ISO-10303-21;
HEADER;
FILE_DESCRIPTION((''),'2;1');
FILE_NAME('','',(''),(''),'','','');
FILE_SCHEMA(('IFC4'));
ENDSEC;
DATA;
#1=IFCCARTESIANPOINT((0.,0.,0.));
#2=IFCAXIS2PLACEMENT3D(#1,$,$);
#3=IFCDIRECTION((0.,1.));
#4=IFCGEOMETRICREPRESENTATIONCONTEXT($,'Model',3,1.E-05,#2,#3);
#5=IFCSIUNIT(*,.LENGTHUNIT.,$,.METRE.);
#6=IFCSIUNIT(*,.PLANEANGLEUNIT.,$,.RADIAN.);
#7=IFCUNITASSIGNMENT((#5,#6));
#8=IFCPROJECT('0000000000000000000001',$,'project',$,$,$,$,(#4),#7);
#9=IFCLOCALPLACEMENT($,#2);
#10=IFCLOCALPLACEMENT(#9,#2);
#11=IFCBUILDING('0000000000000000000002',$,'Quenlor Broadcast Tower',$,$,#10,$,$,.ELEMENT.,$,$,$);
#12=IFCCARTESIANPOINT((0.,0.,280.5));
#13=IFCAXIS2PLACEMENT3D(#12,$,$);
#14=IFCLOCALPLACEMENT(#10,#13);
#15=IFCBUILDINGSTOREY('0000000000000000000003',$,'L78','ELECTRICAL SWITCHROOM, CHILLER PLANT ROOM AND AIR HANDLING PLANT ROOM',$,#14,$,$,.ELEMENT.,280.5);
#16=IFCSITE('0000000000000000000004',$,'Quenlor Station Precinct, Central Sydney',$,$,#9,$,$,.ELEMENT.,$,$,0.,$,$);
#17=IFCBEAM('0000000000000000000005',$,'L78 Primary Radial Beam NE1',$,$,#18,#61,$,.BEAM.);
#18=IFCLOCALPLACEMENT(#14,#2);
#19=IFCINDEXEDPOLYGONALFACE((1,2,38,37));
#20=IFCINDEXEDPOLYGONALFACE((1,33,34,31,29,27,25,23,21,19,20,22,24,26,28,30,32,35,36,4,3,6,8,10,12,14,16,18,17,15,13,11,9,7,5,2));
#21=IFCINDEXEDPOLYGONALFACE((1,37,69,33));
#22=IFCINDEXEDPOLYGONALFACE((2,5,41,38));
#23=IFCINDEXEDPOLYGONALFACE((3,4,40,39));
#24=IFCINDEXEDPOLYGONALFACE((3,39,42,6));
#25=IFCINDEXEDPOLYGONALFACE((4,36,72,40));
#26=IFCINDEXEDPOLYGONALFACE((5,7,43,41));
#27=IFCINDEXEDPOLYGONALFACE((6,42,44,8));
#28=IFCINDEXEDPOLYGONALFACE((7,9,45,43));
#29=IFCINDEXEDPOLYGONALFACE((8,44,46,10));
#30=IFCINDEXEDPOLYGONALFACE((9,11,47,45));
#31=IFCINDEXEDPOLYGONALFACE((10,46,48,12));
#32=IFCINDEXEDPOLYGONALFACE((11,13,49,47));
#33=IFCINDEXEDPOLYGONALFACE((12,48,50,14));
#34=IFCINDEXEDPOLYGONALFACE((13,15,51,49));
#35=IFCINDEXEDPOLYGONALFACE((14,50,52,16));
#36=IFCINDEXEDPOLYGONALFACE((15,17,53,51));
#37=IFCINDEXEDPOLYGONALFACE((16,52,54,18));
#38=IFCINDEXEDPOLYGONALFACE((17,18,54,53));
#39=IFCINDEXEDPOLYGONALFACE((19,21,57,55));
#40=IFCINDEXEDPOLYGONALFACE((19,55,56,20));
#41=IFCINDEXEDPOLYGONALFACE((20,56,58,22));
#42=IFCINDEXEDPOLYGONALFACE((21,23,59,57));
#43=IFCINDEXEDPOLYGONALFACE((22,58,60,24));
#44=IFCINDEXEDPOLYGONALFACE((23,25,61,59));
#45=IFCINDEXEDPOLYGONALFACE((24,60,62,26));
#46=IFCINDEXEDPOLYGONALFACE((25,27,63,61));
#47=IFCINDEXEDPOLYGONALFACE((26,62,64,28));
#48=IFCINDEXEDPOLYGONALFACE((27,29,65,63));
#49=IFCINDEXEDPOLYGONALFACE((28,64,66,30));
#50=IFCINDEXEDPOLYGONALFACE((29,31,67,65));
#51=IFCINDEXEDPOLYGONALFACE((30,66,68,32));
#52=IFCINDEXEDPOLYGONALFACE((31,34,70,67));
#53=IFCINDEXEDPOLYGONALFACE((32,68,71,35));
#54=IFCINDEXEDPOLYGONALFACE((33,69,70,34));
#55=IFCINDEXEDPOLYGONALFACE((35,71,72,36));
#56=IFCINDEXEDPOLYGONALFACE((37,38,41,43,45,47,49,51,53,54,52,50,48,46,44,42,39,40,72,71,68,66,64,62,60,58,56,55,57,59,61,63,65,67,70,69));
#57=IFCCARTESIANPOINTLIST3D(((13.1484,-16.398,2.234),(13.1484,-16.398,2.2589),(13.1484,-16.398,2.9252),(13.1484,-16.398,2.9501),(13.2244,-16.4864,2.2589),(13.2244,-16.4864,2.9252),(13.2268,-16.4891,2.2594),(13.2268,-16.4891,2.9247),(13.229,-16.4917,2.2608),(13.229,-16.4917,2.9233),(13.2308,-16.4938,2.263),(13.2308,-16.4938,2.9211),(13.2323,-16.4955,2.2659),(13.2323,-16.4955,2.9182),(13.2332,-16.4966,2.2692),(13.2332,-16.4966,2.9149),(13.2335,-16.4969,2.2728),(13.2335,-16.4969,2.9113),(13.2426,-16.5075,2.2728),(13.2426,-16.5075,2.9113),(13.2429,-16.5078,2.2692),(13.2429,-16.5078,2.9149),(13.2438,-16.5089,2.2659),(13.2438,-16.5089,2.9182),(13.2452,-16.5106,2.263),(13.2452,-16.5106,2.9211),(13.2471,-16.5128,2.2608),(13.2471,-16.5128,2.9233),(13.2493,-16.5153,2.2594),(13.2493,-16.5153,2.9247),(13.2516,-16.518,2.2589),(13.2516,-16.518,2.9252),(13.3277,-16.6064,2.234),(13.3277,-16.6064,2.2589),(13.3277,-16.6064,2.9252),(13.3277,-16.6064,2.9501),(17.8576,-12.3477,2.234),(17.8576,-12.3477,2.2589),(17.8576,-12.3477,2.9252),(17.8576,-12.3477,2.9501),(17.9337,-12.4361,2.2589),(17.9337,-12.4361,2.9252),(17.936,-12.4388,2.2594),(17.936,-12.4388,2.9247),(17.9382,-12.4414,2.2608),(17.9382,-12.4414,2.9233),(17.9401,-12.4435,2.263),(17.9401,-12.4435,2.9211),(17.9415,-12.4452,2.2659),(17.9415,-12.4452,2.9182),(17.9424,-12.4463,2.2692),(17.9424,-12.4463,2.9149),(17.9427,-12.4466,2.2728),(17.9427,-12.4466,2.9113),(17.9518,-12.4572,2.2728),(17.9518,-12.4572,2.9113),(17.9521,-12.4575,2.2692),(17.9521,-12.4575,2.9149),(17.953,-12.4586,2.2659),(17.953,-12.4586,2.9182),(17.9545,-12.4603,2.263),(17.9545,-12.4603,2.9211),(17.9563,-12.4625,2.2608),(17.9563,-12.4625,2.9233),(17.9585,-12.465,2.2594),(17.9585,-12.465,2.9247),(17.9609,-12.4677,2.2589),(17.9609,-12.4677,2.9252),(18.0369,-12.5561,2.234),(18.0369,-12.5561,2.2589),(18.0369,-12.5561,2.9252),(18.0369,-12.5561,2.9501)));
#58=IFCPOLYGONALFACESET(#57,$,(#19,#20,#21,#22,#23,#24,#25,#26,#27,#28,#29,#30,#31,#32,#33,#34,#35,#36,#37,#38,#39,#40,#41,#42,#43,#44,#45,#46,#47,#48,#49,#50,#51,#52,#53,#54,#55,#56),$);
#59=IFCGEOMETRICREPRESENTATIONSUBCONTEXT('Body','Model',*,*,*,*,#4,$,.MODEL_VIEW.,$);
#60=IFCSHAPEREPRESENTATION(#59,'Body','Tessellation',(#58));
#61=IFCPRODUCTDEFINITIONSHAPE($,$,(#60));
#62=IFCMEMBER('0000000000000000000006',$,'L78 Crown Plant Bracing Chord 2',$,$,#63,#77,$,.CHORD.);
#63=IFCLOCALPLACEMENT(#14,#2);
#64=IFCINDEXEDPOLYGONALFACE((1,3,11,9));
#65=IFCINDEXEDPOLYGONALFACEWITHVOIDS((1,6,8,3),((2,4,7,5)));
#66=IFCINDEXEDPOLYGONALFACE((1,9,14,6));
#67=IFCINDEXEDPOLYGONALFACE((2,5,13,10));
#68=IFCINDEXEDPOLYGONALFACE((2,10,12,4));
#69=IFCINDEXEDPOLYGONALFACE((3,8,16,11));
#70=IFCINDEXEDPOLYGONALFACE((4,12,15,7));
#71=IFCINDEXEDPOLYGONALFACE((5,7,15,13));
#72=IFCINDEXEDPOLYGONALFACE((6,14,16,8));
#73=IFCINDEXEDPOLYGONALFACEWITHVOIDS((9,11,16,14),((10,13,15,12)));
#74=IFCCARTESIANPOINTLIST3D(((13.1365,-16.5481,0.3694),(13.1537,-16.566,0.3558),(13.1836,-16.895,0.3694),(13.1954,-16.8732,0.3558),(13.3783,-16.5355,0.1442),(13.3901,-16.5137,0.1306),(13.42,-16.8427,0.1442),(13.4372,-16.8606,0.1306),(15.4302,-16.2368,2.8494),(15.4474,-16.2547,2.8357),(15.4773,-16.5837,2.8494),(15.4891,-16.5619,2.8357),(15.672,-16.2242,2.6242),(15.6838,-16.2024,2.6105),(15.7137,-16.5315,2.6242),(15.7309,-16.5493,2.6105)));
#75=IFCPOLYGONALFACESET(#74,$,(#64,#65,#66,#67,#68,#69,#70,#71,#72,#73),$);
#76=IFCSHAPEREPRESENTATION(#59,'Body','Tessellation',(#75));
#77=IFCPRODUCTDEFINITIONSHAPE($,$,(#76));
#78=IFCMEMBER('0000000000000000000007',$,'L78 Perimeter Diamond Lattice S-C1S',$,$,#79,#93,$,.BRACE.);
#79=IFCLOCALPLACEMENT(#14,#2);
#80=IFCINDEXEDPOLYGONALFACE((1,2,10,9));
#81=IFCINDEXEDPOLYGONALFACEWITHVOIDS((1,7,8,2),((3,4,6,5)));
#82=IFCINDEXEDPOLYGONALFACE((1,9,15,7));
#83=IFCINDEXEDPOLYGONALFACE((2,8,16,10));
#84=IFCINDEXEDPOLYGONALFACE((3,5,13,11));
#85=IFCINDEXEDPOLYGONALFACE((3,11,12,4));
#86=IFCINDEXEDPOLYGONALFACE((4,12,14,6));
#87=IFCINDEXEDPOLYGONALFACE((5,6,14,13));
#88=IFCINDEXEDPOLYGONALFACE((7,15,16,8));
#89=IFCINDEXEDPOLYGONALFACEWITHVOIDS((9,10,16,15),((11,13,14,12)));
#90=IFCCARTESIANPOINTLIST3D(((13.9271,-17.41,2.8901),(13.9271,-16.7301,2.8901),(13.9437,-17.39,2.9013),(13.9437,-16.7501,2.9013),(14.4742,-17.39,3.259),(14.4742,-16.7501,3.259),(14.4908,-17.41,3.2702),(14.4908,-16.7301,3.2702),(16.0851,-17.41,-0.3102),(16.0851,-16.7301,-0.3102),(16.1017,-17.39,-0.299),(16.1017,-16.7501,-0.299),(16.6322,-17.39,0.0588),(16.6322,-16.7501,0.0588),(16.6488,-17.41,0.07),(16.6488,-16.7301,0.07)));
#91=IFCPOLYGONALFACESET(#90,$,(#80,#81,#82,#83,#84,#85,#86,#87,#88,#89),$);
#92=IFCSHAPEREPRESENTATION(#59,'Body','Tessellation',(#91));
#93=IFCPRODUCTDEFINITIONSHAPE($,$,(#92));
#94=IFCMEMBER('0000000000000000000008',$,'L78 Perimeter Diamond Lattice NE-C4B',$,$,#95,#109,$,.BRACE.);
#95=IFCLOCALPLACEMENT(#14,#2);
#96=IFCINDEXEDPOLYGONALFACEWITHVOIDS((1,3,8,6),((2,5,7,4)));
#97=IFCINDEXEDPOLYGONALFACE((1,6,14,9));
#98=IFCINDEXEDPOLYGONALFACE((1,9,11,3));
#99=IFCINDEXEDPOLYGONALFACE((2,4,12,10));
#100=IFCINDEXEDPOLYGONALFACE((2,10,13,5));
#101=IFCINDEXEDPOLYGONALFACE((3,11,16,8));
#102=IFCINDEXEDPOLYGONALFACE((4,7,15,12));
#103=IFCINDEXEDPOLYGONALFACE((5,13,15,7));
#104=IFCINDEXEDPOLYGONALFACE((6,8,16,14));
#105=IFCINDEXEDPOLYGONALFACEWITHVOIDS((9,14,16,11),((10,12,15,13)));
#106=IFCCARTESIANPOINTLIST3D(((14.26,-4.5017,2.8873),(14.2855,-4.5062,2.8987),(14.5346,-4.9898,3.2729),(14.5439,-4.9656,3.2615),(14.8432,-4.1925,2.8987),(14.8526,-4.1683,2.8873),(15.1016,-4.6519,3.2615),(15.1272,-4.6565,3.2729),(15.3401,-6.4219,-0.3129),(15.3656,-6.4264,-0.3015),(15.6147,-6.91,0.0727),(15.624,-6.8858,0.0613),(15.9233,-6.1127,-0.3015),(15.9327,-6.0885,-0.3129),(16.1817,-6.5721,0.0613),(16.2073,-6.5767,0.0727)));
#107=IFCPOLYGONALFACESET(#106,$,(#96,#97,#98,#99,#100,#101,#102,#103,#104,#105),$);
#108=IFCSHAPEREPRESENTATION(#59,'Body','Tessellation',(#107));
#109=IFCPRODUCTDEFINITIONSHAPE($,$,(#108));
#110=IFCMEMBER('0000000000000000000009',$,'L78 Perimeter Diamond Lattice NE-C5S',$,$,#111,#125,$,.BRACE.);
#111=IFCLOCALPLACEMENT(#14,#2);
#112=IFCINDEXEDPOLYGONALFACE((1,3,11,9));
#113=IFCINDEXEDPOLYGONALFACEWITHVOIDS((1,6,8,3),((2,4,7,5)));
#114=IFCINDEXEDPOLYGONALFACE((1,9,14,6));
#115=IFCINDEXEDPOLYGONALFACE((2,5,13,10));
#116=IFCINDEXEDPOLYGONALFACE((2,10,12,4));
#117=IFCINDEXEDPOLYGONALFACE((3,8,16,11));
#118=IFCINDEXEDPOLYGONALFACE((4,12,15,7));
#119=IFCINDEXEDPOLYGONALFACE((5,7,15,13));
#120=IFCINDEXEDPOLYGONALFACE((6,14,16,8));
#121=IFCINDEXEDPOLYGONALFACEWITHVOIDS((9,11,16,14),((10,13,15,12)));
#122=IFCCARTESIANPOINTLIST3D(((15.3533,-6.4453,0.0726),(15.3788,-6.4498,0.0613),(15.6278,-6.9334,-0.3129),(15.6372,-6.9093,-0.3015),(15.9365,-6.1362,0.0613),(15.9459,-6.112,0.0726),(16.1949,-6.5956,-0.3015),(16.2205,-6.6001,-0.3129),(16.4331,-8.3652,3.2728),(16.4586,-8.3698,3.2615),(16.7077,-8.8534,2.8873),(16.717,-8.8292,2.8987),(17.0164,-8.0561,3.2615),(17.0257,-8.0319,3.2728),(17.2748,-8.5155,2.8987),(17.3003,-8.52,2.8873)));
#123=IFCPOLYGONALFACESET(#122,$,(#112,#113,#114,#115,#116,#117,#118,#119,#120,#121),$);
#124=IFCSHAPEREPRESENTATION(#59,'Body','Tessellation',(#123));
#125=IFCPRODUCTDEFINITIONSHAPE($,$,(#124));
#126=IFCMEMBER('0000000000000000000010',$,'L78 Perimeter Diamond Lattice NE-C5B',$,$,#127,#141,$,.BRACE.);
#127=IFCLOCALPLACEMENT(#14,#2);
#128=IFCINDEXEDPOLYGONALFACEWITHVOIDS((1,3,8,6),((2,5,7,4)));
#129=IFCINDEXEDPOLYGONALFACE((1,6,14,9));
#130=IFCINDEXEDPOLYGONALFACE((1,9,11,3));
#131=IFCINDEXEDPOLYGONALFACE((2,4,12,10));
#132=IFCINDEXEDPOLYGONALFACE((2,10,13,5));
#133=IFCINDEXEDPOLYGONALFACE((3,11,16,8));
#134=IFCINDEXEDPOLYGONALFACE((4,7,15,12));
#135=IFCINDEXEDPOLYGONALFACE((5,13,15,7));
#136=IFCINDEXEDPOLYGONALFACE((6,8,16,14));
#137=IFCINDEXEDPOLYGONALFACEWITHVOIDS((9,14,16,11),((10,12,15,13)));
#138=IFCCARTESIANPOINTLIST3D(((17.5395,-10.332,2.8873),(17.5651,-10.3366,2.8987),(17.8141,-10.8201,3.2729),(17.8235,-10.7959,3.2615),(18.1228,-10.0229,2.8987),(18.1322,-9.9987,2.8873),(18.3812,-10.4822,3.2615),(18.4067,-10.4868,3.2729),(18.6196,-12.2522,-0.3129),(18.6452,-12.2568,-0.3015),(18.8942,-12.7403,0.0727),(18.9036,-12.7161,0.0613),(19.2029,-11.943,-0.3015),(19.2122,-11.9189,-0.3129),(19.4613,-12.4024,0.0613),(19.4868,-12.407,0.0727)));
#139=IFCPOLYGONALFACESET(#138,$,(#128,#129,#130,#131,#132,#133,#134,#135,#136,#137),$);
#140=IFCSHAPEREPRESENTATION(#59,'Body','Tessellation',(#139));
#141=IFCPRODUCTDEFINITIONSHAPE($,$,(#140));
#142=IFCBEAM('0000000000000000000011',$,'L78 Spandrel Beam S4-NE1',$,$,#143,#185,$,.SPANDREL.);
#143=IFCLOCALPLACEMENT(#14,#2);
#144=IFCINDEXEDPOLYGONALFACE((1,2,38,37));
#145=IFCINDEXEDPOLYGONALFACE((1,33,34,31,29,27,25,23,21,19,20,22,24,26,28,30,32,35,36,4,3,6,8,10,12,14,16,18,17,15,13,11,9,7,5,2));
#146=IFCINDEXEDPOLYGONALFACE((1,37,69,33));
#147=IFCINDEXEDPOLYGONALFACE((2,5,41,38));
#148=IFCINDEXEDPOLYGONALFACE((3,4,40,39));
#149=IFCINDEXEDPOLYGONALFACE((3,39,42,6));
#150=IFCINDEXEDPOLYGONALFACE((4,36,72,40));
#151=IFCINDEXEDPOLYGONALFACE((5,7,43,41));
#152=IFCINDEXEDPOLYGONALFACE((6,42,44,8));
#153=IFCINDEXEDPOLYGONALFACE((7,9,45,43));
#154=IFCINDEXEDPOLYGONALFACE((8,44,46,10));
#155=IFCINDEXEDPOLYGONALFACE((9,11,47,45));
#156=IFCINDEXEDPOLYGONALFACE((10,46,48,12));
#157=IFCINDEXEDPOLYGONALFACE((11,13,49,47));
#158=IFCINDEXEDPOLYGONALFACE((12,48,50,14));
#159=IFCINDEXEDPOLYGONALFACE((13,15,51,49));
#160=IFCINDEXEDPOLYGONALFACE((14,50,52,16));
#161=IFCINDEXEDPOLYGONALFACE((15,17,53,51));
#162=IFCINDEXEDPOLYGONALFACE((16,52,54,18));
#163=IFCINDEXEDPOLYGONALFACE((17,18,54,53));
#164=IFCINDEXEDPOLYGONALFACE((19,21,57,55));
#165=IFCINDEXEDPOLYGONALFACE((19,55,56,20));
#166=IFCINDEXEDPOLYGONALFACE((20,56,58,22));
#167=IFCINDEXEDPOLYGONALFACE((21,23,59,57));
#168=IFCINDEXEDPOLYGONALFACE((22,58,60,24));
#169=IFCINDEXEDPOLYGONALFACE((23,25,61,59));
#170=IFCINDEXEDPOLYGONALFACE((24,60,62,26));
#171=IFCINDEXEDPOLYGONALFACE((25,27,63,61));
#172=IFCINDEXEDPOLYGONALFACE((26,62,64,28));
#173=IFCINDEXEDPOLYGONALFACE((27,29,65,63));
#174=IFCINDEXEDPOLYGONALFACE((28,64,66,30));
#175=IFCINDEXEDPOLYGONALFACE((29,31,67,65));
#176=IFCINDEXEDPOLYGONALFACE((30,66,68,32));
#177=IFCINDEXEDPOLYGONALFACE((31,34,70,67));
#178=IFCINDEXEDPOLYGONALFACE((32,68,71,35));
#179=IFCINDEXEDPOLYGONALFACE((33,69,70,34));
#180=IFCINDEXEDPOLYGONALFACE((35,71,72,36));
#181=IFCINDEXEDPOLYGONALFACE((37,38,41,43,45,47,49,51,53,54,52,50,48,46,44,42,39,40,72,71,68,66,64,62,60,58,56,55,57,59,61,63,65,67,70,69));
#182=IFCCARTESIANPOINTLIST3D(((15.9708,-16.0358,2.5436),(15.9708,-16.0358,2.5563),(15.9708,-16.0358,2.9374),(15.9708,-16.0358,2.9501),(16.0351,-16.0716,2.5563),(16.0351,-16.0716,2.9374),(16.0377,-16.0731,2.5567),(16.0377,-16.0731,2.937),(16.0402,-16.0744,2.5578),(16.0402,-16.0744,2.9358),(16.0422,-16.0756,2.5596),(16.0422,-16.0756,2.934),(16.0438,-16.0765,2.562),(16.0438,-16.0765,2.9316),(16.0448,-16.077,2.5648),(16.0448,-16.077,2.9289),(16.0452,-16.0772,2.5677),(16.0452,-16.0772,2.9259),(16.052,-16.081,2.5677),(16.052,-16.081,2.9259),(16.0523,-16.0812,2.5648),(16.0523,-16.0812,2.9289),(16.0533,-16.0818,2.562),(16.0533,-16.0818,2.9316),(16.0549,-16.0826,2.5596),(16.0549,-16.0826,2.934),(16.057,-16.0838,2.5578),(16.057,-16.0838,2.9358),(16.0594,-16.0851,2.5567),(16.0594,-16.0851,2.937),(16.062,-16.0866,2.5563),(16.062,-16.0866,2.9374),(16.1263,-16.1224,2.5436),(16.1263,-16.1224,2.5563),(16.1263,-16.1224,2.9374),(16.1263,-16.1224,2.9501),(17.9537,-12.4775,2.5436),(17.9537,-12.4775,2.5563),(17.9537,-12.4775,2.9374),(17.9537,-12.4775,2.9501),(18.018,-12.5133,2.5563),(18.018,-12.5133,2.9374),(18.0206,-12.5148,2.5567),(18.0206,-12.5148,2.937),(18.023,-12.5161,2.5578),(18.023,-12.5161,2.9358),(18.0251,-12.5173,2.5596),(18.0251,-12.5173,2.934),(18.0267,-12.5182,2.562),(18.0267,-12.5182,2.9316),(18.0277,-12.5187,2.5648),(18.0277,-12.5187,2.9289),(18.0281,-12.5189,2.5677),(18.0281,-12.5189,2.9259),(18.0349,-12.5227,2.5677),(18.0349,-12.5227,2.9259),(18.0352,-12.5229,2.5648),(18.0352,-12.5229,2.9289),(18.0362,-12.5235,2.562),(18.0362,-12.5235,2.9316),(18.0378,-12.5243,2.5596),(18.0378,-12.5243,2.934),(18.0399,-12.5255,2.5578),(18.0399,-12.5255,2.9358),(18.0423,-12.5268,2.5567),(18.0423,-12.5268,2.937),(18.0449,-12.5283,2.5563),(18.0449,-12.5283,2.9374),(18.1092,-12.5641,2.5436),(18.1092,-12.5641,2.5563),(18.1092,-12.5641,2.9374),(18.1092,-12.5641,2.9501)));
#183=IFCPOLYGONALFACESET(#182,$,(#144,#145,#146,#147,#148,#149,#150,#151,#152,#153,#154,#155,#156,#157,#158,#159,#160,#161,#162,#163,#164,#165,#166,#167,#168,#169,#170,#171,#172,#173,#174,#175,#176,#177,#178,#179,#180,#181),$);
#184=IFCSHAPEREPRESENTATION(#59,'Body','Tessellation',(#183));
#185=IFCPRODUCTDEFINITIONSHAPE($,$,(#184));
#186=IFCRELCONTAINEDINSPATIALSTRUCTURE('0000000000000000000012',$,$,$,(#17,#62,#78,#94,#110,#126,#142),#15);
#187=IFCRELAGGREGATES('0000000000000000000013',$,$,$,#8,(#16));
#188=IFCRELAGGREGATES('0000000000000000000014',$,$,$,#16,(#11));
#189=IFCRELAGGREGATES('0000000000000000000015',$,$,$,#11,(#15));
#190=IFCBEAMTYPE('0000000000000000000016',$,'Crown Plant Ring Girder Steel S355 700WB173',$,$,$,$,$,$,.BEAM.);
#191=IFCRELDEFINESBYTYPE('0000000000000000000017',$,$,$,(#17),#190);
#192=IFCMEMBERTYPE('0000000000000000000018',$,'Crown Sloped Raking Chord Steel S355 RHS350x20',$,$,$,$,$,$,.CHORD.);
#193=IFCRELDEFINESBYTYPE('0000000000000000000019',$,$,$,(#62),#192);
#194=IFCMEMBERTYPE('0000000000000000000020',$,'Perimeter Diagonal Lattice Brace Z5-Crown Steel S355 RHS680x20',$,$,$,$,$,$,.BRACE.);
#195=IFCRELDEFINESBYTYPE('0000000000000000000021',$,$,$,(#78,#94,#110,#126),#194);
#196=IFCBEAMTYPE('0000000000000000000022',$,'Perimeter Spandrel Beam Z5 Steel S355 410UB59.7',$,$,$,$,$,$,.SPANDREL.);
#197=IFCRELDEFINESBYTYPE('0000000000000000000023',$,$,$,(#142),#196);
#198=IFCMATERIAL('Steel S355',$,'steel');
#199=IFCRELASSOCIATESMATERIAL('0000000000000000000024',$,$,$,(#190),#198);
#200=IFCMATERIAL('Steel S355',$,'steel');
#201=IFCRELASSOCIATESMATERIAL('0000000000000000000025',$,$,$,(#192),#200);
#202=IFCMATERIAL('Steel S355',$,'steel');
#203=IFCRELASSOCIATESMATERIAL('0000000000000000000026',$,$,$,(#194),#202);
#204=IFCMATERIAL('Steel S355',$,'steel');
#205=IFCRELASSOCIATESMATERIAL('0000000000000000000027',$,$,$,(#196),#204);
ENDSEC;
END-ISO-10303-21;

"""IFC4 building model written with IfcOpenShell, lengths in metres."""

from ifc_helpers import new_model, si_unit, direction, frame, origin, origin_2d, place, context, subcontext, project, spatial, hollow_rectangle, i_section, extrude, material, material_profile, profile_set, type_object, element, save


model = new_model("IFC4")

# Units and contexts
model_context = context("Model", 3, precision=1e-05, world=origin(), true_north=direction((0.0, 1.0)))
body_context = subcontext(model_context, "Body", "Model", "MODEL_VIEW")
ifc_project = project(units=[si_unit("LENGTHUNIT", "METRE"), si_unit("PLANEANGLEUNIT", "RADIAN")], contexts=[model_context])

# Site, building, storey
site_placement = place(None, origin())
site = spatial("IfcSite", under=ifc_project, at=site_placement, Name="Quenlor Station Precinct, Central Sydney", CompositionType="ELEMENT", RefElevation=0.0)
building_placement = place(site_placement, origin())
building = spatial("IfcBuilding", under=site, at=building_placement, Name="Quenlor Broadcast Tower", CompositionType="ELEMENT")
storey_placement = place(building_placement, frame((0.0, 0.0, 280.5)))
storey = spatial("IfcBuildingStorey", under=building, at=storey_placement, Name="L78", Description="ELECTRICAL SWITCHROOM, CHILLER PLANT ROOM AND AIR HANDLING PLANT ROOM", CompositionType="ELEMENT", Elevation=280.5)

# Beam
ifc_material_1 = material(Name="Steel S355", Category="steel")
ifc_material_profile_1 = material_profile(ifc_material_1, i_section(OverallWidth=0.2749, OverallDepth=0.7161, WebThickness=0.0139, FlangeThickness=0.0249, FilletRadius=0.0139, at=origin_2d()))
ifc_profile_set_1 = profile_set([ifc_material_profile_1], Name="Steel S355 700WB173")
beam_type_1 = type_object("IfcBeamType", Name="Crown Plant Ring Girder Steel S355 700WB173", PredefinedType="BEAM", material=ifc_profile_set_1)
beam_1_placement = place(storey_placement, frame((17.9473, -12.4519, 2.592), z_axis=(-0.758157, -0.652072, 0.0), x_axis=(0.652072, -0.758157, 0.0)))
element("IfcBeam", 1, at=beam_1_placement, inside=storey, type_object=beam_type_1, Name="L78 Primary Radial Beam NE1", PredefinedType="BEAM", context=body_context, shape_type="SweptSolid", body=[
    extrude(i_section(OverallWidth=0.2749, OverallDepth=0.7161, WebThickness=0.0139, FlangeThickness=0.0249, FilletRadius=0.0139, at=origin_2d()), origin(), (0.0, 0.0, 1.0), 6.2114),
])

# Members
ifc_material_2 = material(Name="Steel S355", Category="steel")
ifc_material_profile_2 = material_profile(ifc_material_2, hollow_rectangle(XDim=0.3501, YDim=0.3501, WallThickness=0.02, at=origin_2d()))
ifc_profile_set_2 = profile_set([ifc_material_profile_2], Name="Steel S355 RHS350x350x20")
member_type_1 = type_object("IfcMemberType", Name="Crown Sloped Raking Chord Steel S355 RHS350x20", PredefinedType="CHORD", material=ifc_profile_set_2)
member_1_placement = place(storey_placement, frame((13.2869, -16.7043, 0.25), z_axis=(0.676133, 0.091758, 0.731044), x_axis=(-0.134478, 0.990917, 0.0)))
element("IfcMember", 2, at=member_1_placement, inside=storey, type_object=member_type_1, Name="L78 Crown Plant Bracing Chord 2", PredefinedType="CHORD", context=body_context, shape_type="SweptSolid", body=[
    extrude(hollow_rectangle(XDim=0.3501, YDim=0.3501, WallThickness=0.02, at=origin_2d()), origin(), (0.0, 0.0, 1.0), 3.3923),
])
ifc_material_3 = material(Name="Steel S355", Category="steel")
ifc_material_profile_3 = material_profile(ifc_material_3, hollow_rectangle(XDim=0.6799, YDim=0.6799, WallThickness=0.02, at=origin_2d()))
ifc_profile_set_3 = profile_set([ifc_material_profile_3], Name="Steel S355 RHS680x680x20")
member_type_2 = type_object("IfcMemberType", Name="Perimeter Diagonal Lattice Brace Z5-Crown Steel S355 RHS680x20", PredefinedType="BRACE", material=ifc_profile_set_3)
member_2_placement = place(storey_placement, frame((16.3669, -17.0701, -0.1201), z_axis=(-0.559086, 0.0, 0.82911), x_axis=(0.0, -1.0, 0.0)))
element("IfcMember", 3, at=member_2_placement, inside=storey, type_object=member_type_2, Name="L78 Perimeter Diamond Lattice S-C1S", PredefinedType="BRACE", context=body_context, shape_type="SweptSolid", body=[
    extrude(hollow_rectangle(XDim=0.6799, YDim=0.6799, WallThickness=0.02, at=origin_2d()), origin(), (0.0, 0.0, 1.0), 3.8599),
])
member_3_placement = place(storey_placement, frame((15.7737, -6.4993, -0.1201), z_axis=(-0.277997, 0.494225, 0.823687), x_axis=(-0.871578, -0.490256, 0.0)))
element("IfcMember", 4, at=member_3_placement, inside=storey, type_object=member_type_2, Name="L78 Perimeter Diamond Lattice NE-C4B", PredefinedType="BRACE", context=body_context, shape_type="SweptSolid", body=[
    extrude(hollow_rectangle(XDim=0.6799, YDim=0.6799, WallThickness=0.02, at=origin_2d()), origin(), (0.0, 0.0, 1.0), 3.8853),
])
member_4_placement = place(storey_placement, frame((15.7869, -6.5227, -0.1201), z_axis=(0.277948, -0.494186, 0.823727), x_axis=(0.871599, 0.490219, 0.0)))
element("IfcMember", 5, at=member_4_placement, inside=storey, type_object=member_type_2, Name="L78 Perimeter Diamond Lattice NE-C5S", PredefinedType="BRACE", context=body_context, shape_type="SweptSolid", body=[
    extrude(hollow_rectangle(XDim=0.6799, YDim=0.6799, WallThickness=0.02, at=origin_2d()), origin(), (0.0, 0.0, 1.0), 3.885),
])
member_5_placement = place(storey_placement, frame((19.0532, -12.3296, -0.1201), z_axis=(-0.277997, 0.494225, 0.823687), x_axis=(-0.871578, -0.490256, 0.0)))
element("IfcMember", 6, at=member_5_placement, inside=storey, type_object=member_type_2, Name="L78 Perimeter Diamond Lattice NE-C5B", PredefinedType="BRACE", context=body_context, shape_type="SweptSolid", body=[
    extrude(hollow_rectangle(XDim=0.6799, YDim=0.6799, WallThickness=0.02, at=origin_2d()), origin(), (0.0, 0.0, 1.0), 3.8853),
])

# Beam
ifc_material_4 = material(Name="Steel S355", Category="steel")
ifc_material_profile_4 = material_profile(ifc_material_4, i_section(OverallWidth=0.178, OverallDepth=0.4065, WebThickness=0.0078, FlangeThickness=0.0127, FilletRadius=0.0115, at=origin_2d()))
ifc_profile_set_4 = profile_set([ifc_material_profile_4], Name="Steel S355 410UB59.7")
beam_type_2 = type_object("IfcBeamType", Name="Perimeter Spandrel Beam Z5 Steel S355 410UB59.7", PredefinedType="SPANDREL", material=ifc_profile_set_4)
beam_2_placement = place(storey_placement, frame((16.0486, -16.0791, 2.7468), z_axis=(0.486777, 0.873526, 0.0), x_axis=(-0.873526, 0.486777, 0.0)))
element("IfcBeam", 7, at=beam_2_placement, inside=storey, type_object=beam_type_2, Name="L78 Spandrel Beam S4-NE1", PredefinedType="SPANDREL", context=body_context, shape_type="SweptSolid", body=[
    extrude(i_section(OverallWidth=0.178, OverallDepth=0.4065, WebThickness=0.0078, FlangeThickness=0.0127, FilletRadius=0.0115, at=origin_2d()), origin(), (0.0, 0.0, 1.0), 4.0735),
])

save(model, "model.ifc")
